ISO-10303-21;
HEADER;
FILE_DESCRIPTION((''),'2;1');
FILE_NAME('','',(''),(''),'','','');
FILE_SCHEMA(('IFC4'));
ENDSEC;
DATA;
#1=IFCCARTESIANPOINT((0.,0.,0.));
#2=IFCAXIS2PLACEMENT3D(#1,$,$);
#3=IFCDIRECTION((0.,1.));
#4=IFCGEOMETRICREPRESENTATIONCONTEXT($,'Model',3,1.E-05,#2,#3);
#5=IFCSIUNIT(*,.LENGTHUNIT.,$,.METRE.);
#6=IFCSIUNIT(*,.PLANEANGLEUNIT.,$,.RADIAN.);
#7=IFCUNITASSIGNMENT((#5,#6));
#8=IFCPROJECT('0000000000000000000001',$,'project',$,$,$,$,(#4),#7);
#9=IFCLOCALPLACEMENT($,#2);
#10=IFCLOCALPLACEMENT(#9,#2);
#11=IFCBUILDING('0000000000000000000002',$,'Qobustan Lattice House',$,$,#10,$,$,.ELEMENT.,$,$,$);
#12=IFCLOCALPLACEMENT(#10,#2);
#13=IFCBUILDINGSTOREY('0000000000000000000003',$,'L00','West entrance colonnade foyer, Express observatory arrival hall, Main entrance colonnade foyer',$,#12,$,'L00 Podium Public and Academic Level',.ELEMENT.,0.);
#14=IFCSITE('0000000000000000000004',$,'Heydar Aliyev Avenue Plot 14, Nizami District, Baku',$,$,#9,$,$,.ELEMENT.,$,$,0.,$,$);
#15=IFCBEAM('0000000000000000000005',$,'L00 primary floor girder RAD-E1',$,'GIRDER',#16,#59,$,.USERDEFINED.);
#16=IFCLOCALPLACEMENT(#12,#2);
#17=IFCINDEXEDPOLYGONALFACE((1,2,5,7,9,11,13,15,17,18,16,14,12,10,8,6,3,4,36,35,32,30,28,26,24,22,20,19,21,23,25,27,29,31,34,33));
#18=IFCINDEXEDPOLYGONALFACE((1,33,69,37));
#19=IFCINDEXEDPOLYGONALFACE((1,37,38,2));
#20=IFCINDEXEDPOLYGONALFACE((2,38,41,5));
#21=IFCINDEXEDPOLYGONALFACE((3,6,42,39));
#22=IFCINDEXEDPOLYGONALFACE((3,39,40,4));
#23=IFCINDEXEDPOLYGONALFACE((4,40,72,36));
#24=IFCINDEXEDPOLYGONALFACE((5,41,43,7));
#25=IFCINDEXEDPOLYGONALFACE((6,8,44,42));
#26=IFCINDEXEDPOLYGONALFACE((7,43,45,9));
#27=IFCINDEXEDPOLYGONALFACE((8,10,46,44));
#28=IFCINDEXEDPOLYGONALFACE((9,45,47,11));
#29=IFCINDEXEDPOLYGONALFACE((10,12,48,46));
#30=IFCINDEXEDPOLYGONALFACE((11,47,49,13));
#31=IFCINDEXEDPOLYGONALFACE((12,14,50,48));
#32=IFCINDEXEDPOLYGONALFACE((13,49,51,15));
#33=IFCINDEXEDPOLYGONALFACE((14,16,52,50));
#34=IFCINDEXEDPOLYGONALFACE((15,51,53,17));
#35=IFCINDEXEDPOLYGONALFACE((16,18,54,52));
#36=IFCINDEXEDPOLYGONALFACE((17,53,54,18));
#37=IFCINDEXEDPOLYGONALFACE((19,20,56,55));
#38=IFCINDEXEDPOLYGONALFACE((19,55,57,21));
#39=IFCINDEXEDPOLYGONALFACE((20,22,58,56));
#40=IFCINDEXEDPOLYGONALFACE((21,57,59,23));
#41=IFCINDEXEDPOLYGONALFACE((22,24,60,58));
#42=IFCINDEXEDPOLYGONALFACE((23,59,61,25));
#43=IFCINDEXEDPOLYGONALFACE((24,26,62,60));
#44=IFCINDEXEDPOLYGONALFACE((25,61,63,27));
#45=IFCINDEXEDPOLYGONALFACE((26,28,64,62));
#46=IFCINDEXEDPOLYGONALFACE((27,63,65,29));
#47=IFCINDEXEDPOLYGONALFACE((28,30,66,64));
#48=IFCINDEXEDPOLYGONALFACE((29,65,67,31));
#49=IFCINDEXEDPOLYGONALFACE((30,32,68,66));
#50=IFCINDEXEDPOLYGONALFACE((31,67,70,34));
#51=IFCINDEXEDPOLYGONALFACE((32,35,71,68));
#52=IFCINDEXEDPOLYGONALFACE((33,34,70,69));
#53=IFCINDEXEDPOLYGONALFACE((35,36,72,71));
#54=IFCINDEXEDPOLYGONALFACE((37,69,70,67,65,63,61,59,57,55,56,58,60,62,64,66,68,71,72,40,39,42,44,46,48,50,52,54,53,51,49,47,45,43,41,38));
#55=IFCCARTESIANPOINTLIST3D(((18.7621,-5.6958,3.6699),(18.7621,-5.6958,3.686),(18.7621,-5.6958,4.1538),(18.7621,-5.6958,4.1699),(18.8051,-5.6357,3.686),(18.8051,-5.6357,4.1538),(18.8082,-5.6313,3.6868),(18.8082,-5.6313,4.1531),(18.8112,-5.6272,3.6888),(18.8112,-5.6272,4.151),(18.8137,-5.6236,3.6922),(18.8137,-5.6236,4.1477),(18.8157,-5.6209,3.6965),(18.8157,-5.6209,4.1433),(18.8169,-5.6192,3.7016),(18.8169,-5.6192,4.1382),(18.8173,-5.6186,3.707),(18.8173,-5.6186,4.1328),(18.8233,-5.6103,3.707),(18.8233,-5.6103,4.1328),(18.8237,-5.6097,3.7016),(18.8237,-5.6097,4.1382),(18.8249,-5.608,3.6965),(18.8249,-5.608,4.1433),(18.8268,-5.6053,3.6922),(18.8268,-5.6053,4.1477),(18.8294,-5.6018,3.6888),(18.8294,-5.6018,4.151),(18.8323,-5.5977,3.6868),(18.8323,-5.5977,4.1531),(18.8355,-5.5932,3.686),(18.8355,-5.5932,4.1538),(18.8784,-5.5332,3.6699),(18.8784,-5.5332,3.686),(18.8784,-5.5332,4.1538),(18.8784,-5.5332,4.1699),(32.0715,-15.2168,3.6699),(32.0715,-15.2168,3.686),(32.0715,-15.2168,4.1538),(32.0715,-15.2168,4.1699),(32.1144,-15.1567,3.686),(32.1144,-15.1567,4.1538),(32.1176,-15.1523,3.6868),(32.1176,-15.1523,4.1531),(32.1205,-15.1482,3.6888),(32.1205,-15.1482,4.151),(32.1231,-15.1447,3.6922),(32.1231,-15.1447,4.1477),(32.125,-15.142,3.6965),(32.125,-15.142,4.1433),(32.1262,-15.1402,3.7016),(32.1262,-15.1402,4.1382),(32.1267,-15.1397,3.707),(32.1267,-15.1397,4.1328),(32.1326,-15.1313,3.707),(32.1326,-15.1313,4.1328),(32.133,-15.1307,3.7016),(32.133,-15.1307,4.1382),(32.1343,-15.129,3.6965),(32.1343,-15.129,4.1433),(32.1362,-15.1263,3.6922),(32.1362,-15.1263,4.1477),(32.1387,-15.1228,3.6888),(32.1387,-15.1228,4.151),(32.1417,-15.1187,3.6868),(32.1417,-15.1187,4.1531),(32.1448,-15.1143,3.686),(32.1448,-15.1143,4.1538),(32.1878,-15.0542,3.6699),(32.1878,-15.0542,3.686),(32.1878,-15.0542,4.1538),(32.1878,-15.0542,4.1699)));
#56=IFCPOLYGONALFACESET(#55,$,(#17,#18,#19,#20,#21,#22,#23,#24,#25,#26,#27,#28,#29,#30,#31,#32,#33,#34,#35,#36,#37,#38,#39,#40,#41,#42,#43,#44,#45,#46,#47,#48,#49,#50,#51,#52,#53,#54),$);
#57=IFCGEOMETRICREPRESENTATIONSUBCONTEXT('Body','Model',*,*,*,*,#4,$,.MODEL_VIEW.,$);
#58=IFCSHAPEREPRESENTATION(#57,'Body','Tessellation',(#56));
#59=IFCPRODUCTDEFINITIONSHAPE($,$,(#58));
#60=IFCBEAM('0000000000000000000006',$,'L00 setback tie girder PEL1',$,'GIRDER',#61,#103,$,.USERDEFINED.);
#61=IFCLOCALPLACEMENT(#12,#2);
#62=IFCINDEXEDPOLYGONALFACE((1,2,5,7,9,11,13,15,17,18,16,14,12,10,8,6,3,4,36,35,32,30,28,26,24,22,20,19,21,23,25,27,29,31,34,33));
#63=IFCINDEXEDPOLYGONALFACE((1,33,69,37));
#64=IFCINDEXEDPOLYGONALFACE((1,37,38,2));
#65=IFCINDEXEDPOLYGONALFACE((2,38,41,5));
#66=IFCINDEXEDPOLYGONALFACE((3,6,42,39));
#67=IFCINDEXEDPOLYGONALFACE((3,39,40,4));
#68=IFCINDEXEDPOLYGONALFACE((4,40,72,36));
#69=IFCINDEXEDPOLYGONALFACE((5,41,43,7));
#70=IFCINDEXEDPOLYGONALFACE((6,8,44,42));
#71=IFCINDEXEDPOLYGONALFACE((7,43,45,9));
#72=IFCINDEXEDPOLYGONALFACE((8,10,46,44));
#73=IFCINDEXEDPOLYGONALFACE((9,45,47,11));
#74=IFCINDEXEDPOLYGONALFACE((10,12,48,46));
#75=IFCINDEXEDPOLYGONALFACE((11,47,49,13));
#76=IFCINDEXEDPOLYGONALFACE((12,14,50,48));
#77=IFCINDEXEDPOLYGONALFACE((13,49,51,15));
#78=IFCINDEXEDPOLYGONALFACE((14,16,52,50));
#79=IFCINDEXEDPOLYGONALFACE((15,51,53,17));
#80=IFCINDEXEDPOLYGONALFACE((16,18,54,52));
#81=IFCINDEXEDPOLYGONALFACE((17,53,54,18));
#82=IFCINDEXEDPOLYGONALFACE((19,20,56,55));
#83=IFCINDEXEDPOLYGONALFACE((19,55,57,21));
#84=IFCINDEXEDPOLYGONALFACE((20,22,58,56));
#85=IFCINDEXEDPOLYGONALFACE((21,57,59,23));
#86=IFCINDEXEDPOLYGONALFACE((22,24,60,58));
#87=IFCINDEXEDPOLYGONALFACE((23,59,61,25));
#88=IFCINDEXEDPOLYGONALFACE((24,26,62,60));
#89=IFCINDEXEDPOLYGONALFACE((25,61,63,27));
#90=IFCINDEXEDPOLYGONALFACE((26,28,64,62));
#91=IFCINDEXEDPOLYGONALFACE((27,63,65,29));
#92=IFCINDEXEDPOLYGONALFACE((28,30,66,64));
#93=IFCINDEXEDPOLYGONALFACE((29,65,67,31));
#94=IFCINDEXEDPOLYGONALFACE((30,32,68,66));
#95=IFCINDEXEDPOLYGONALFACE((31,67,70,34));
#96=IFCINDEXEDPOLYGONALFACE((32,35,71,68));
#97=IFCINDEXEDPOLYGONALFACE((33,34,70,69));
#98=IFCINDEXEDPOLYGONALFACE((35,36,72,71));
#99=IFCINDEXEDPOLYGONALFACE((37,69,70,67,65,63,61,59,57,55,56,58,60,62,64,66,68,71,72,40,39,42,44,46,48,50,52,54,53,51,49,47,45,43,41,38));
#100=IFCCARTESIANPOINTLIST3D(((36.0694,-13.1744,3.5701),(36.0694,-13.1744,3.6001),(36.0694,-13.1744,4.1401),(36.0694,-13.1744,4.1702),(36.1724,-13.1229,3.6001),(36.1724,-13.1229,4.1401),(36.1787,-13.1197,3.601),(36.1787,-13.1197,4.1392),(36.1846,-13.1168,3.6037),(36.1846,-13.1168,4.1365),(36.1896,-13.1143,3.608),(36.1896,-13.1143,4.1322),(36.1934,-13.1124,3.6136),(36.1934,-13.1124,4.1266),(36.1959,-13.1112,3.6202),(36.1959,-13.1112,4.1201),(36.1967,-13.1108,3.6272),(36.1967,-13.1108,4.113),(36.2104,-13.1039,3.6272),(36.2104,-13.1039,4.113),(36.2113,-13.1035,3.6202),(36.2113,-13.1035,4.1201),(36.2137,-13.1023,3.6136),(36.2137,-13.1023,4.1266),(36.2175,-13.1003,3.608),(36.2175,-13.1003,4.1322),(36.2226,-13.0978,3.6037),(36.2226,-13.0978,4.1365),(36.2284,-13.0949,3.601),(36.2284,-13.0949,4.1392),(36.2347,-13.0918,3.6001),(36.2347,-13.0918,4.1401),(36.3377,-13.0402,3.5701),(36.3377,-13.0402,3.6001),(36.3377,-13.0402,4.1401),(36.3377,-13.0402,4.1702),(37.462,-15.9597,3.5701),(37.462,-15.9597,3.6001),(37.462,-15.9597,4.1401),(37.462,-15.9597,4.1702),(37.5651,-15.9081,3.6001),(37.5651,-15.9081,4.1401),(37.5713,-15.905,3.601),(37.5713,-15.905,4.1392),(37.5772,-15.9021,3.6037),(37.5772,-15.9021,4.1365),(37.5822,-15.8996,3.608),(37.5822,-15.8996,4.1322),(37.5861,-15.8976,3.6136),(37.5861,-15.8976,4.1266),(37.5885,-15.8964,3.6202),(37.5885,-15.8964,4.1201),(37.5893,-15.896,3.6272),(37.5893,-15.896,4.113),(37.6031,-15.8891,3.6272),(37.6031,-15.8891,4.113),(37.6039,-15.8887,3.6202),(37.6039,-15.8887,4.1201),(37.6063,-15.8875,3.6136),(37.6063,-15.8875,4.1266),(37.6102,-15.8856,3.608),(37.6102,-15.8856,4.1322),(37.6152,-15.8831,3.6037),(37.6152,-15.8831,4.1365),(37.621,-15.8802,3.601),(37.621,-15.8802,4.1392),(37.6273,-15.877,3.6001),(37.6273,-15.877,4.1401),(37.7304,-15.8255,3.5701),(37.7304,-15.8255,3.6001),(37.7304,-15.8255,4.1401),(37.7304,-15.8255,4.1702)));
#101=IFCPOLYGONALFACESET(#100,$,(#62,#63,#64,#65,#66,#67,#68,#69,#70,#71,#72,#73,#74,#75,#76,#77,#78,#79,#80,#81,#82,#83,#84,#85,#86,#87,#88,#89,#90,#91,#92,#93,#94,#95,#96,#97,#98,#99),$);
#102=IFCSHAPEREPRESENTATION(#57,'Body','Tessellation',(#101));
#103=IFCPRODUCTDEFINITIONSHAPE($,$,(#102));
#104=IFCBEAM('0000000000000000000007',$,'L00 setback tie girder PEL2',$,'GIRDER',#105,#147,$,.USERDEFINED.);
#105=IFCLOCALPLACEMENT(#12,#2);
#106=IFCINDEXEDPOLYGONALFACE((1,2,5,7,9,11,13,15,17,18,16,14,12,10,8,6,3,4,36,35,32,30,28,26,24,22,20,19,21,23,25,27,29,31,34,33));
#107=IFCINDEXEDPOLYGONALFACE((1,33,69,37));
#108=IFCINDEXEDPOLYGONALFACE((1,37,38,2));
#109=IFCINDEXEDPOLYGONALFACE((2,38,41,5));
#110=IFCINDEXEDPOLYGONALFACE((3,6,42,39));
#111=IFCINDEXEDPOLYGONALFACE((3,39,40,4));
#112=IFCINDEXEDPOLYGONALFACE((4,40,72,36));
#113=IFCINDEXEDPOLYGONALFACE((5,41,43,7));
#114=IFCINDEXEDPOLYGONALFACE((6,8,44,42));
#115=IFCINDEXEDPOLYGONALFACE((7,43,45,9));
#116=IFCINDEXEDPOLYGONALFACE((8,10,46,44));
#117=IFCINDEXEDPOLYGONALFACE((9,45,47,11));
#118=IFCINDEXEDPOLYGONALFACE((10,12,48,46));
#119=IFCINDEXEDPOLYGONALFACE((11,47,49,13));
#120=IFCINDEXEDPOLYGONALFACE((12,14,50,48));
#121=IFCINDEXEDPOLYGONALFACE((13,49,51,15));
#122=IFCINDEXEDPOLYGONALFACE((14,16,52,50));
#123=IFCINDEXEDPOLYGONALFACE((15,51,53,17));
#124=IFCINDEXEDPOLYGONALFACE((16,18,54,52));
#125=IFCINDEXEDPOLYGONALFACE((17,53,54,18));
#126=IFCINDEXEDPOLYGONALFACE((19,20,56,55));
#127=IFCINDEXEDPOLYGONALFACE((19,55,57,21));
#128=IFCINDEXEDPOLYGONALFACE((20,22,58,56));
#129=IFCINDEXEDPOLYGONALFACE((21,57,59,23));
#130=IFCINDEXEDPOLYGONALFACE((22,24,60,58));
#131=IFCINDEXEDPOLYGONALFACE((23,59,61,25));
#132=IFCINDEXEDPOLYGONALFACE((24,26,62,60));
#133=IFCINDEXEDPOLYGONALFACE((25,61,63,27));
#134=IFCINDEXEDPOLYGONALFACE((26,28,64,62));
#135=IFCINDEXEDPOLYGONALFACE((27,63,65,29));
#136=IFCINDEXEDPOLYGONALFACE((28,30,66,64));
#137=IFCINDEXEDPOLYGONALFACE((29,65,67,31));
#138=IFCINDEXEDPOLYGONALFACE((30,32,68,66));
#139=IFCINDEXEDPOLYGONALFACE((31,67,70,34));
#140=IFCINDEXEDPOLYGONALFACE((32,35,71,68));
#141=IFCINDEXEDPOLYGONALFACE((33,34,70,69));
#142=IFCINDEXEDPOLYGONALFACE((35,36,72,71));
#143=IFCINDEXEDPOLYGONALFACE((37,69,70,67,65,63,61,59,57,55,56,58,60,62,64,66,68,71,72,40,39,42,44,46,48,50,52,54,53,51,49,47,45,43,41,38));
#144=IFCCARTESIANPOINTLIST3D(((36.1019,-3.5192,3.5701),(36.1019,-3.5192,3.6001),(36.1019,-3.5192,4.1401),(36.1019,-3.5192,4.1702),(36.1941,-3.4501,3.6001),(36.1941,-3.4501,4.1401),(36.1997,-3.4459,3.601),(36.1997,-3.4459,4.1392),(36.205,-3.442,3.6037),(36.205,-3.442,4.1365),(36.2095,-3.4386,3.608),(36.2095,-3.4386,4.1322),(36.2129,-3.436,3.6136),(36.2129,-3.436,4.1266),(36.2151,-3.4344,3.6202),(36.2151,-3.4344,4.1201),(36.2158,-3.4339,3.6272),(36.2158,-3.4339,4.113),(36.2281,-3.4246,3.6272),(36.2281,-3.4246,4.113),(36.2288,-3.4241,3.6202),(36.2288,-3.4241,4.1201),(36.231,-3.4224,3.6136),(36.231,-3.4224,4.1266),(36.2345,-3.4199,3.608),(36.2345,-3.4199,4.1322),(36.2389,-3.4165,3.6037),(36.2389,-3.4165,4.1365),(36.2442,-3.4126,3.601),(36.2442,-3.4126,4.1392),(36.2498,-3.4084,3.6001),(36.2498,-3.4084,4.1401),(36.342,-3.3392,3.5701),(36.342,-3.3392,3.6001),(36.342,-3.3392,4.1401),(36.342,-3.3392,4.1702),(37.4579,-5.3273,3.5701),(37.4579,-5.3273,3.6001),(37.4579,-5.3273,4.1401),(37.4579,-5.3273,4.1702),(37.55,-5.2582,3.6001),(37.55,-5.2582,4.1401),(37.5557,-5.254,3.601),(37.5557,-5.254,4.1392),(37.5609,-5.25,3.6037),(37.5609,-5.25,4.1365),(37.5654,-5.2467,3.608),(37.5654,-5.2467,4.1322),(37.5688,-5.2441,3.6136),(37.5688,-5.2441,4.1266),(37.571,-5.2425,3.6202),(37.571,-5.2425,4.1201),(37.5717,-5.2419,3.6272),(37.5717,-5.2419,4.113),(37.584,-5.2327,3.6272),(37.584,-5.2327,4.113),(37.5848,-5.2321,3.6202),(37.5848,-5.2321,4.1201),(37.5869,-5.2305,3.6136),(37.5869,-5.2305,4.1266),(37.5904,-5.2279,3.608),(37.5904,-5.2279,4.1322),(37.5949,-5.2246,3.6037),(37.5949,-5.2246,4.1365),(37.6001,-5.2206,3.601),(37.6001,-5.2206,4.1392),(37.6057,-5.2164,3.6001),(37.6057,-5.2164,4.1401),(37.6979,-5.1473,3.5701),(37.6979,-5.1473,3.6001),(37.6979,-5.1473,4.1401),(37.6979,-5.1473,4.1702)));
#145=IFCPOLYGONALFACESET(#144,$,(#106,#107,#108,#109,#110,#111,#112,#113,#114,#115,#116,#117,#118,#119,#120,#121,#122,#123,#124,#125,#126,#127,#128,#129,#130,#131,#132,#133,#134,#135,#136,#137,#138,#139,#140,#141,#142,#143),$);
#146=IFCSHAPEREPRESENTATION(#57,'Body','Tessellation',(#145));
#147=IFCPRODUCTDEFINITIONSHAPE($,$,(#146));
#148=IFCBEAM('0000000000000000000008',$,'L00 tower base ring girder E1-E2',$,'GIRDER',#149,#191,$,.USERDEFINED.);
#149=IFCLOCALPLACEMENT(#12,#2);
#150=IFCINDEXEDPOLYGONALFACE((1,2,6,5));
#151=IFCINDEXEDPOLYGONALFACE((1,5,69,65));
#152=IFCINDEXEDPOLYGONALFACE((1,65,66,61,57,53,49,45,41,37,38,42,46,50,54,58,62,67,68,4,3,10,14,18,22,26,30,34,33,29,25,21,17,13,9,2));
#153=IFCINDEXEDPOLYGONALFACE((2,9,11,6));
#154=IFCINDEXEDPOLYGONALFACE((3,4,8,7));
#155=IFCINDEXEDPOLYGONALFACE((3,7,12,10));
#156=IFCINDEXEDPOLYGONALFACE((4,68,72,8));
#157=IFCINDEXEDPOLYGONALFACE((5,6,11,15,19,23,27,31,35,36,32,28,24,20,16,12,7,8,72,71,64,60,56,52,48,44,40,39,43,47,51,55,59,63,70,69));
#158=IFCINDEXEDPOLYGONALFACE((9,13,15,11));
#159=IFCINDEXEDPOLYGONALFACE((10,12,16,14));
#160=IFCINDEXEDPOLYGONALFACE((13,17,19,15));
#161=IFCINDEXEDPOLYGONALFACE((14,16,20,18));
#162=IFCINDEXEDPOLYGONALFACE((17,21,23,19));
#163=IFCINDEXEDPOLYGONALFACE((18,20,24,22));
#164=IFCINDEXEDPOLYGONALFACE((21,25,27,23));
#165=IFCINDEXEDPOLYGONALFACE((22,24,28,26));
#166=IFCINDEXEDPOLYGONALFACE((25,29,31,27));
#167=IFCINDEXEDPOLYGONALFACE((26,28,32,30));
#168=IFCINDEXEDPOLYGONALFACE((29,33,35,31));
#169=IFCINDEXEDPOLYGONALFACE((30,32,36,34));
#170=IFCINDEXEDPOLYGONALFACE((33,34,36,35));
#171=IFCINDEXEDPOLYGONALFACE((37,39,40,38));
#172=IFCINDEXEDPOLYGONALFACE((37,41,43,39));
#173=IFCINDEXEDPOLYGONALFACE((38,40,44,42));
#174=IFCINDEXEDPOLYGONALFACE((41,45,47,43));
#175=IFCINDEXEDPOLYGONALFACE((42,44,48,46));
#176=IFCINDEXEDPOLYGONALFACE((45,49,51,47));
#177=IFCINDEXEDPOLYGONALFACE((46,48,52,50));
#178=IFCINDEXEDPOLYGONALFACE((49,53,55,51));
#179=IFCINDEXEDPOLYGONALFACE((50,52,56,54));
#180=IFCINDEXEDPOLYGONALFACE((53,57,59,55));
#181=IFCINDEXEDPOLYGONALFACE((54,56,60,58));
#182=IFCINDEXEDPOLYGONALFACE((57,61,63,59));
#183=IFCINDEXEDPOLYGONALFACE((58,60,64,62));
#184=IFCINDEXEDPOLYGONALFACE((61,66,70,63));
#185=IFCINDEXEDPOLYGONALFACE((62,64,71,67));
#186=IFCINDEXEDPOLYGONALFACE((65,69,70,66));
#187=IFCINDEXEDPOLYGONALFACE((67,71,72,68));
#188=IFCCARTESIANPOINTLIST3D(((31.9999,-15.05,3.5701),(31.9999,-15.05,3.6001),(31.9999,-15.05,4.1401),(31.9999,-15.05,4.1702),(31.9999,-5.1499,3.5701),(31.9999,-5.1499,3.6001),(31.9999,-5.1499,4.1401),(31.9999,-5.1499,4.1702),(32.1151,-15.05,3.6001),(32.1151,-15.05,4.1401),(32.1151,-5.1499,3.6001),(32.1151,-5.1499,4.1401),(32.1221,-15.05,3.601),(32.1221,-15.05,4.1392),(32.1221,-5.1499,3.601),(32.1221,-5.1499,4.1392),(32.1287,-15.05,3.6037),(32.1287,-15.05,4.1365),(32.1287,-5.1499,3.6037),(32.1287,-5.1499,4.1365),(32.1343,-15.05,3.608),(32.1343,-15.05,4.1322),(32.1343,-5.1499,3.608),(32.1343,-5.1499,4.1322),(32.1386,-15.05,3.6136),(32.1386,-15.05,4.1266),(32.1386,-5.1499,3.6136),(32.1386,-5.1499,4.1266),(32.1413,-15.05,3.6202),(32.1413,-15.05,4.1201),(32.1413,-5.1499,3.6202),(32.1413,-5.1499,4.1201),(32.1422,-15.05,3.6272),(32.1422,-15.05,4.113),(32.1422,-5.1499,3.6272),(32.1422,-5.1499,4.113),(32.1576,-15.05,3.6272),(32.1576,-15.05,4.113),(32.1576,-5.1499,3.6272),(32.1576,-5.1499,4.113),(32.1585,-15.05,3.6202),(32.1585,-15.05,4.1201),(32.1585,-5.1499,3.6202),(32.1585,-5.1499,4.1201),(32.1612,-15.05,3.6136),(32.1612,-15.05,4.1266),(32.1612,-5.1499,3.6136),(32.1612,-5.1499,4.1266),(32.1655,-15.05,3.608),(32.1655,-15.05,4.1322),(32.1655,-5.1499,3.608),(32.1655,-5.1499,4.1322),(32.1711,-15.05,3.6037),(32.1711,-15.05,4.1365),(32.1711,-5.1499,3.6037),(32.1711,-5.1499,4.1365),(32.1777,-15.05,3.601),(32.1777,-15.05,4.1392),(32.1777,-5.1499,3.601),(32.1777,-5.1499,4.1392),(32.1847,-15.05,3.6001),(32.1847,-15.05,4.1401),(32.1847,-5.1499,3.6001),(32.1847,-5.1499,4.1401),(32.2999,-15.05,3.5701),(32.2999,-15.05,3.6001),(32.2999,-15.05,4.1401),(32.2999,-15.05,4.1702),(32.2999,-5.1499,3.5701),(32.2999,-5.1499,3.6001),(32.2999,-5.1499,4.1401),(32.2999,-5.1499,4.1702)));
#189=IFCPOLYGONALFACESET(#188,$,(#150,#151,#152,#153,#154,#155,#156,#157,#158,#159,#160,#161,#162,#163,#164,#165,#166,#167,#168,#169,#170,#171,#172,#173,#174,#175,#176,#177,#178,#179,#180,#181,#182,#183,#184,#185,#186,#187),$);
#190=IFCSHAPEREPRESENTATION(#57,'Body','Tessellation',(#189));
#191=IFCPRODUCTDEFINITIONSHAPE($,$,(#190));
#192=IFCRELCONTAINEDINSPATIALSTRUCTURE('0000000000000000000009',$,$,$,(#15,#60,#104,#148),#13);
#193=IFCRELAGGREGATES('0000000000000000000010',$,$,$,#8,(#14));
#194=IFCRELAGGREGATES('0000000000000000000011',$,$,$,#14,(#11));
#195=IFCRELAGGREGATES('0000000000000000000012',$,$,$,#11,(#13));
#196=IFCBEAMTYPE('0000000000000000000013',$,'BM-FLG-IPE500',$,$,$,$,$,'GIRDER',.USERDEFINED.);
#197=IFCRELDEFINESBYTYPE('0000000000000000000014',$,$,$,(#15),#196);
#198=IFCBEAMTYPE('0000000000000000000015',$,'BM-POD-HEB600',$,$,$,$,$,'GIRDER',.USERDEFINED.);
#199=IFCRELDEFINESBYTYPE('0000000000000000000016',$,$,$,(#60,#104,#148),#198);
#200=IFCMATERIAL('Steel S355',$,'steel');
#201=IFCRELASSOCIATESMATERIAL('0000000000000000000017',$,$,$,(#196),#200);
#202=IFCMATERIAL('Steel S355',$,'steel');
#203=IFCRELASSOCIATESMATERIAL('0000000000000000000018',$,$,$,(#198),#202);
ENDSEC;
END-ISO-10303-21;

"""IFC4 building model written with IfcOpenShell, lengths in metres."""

from ifc_helpers import new_model, si_unit, direction, frame, origin, origin_2d, place, context, subcontext, project, spatial, i_section, extrude, material, material_profile, profile_set, type_object, element, save


model = new_model("IFC4")

# Units and contexts
model_context = context("Model", 3, precision=1e-05, world=origin(), true_north=direction((0.0, 1.0)))
body_context = subcontext(model_context, "Body", "Model", "MODEL_VIEW")
ifc_project = project(units=[si_unit("LENGTHUNIT", "METRE"), si_unit("PLANEANGLEUNIT", "RADIAN")], contexts=[model_context])

# Site, building, storey
site_placement = place(None, origin())
site = spatial("IfcSite", under=ifc_project, at=site_placement, Name="Heydar Aliyev Avenue Plot 14, Nizami District, Baku", CompositionType="ELEMENT", RefElevation=0.0)
building_placement = place(site_placement, origin())
building = spatial("IfcBuilding", under=site, at=building_placement, Name="Qobustan Lattice House", CompositionType="ELEMENT")
storey_placement = place(building_placement, origin())
storey = spatial("IfcBuildingStorey", under=building, at=storey_placement, Name="L00", Description="West entrance colonnade foyer, Express observatory arrival hall, Main entrance colonnade foyer", LongName="L00 Podium Public and Academic Level", CompositionType="ELEMENT", Elevation=0.0)

# Beams
ifc_material_1 = material(Name="Steel S355", Category="steel")
ifc_material_profile_1 = material_profile(ifc_material_1, i_section(OverallWidth=0.2, OverallDepth=0.5, WebThickness=0.0103, FlangeThickness=0.0161, FilletRadius=0.021, at=origin_2d()), Name="IPE500")
ifc_profile_set_1 = profile_set([ifc_material_profile_1], Name="Steel S355")
beam_type_1 = type_object("IfcBeamType", Name="BM-FLG-IPE500", ElementType="GIRDER", PredefinedType="USERDEFINED", material=ifc_profile_set_1)
beam_1_placement = place(storey_placement, frame((32.1296, -15.1355, 3.9199), z_axis=(-0.813319, 0.581818, 0.0), x_axis=(-0.581818, -0.813319, 0.0)))
element("IfcBeam", 1, at=beam_1_placement, inside=storey, type_object=beam_type_1, Name="L00 primary floor girder RAD-E1", ObjectType="GIRDER", PredefinedType="USERDEFINED", context=body_context, shape_type="SweptSolid", body=[
    extrude(i_section(OverallWidth=0.2, OverallDepth=0.5, WebThickness=0.0103, FlangeThickness=0.0161, FilletRadius=0.021, at=origin_2d()), origin(), (0.0, 0.0, 1.0), 16.3643),
])
ifc_material_2 = material(Name="Steel S355", Category="steel")
ifc_material_profile_2 = material_profile(ifc_material_2, i_section(OverallWidth=0.3, OverallDepth=0.6001, WebThickness=0.0154, FlangeThickness=0.03, FilletRadius=0.0271, at=origin_2d()), Name="HEB600")
ifc_profile_set_2 = profile_set([ifc_material_profile_2], Name="Steel S355")
beam_type_2 = type_object("IfcBeamType", Name="BM-POD-HEB600", ElementType="GIRDER", PredefinedType="USERDEFINED", material=ifc_profile_set_2)
beam_2_placement = place(storey_placement, frame((37.5962, -15.8926, 3.8701), z_axis=(-0.447214, 0.894427, 0.0), x_axis=(-0.894427, -0.447214, 0.0)))
element("IfcBeam", 2, at=beam_2_placement, inside=storey, type_object=beam_type_2, Name="L00 setback tie girder PEL1", ObjectType="GIRDER", PredefinedType="USERDEFINED", context=body_context, shape_type="SweptSolid", body=[
    extrude(i_section(OverallWidth=0.3, OverallDepth=0.6001, WebThickness=0.0154, FlangeThickness=0.03, FilletRadius=0.0271, at=origin_2d()), origin(), (0.0, 0.0, 1.0), 3.114),
])
beam_3_placement = place(storey_placement, frame((37.5779, -5.2373, 3.8701), z_axis=(-0.599965, 0.800026, 0.0), x_axis=(-0.800026, -0.599965, 0.0)))
element("IfcBeam", 3, at=beam_3_placement, inside=storey, type_object=beam_type_2, Name="L00 setback tie girder PEL2", ObjectType="GIRDER", PredefinedType="USERDEFINED", context=body_context, shape_type="SweptSolid", body=[
    extrude(i_section(OverallWidth=0.3, OverallDepth=0.6001, WebThickness=0.0154, FlangeThickness=0.03, FilletRadius=0.0271, at=origin_2d()), origin(), (0.0, 0.0, 1.0), 2.26),
])
beam_4_placement = place(storey_placement, frame((32.1499, -15.05, 3.8701), z_axis=(0.0, 1.0, 0.0), x_axis=(-1.0, 0.0, 0.0)))
element("IfcBeam", 4, at=beam_4_placement, inside=storey, type_object=beam_type_2, Name="L00 tower base ring girder E1-E2", ObjectType="GIRDER", PredefinedType="USERDEFINED", context=body_context, shape_type="SweptSolid", body=[
    extrude(i_section(OverallWidth=0.3, OverallDepth=0.6001, WebThickness=0.0154, FlangeThickness=0.03, FilletRadius=0.0271, at=origin_2d()), origin(), (0.0, 0.0, 1.0), 9.9001),
])

save(model, "model.ifc")
